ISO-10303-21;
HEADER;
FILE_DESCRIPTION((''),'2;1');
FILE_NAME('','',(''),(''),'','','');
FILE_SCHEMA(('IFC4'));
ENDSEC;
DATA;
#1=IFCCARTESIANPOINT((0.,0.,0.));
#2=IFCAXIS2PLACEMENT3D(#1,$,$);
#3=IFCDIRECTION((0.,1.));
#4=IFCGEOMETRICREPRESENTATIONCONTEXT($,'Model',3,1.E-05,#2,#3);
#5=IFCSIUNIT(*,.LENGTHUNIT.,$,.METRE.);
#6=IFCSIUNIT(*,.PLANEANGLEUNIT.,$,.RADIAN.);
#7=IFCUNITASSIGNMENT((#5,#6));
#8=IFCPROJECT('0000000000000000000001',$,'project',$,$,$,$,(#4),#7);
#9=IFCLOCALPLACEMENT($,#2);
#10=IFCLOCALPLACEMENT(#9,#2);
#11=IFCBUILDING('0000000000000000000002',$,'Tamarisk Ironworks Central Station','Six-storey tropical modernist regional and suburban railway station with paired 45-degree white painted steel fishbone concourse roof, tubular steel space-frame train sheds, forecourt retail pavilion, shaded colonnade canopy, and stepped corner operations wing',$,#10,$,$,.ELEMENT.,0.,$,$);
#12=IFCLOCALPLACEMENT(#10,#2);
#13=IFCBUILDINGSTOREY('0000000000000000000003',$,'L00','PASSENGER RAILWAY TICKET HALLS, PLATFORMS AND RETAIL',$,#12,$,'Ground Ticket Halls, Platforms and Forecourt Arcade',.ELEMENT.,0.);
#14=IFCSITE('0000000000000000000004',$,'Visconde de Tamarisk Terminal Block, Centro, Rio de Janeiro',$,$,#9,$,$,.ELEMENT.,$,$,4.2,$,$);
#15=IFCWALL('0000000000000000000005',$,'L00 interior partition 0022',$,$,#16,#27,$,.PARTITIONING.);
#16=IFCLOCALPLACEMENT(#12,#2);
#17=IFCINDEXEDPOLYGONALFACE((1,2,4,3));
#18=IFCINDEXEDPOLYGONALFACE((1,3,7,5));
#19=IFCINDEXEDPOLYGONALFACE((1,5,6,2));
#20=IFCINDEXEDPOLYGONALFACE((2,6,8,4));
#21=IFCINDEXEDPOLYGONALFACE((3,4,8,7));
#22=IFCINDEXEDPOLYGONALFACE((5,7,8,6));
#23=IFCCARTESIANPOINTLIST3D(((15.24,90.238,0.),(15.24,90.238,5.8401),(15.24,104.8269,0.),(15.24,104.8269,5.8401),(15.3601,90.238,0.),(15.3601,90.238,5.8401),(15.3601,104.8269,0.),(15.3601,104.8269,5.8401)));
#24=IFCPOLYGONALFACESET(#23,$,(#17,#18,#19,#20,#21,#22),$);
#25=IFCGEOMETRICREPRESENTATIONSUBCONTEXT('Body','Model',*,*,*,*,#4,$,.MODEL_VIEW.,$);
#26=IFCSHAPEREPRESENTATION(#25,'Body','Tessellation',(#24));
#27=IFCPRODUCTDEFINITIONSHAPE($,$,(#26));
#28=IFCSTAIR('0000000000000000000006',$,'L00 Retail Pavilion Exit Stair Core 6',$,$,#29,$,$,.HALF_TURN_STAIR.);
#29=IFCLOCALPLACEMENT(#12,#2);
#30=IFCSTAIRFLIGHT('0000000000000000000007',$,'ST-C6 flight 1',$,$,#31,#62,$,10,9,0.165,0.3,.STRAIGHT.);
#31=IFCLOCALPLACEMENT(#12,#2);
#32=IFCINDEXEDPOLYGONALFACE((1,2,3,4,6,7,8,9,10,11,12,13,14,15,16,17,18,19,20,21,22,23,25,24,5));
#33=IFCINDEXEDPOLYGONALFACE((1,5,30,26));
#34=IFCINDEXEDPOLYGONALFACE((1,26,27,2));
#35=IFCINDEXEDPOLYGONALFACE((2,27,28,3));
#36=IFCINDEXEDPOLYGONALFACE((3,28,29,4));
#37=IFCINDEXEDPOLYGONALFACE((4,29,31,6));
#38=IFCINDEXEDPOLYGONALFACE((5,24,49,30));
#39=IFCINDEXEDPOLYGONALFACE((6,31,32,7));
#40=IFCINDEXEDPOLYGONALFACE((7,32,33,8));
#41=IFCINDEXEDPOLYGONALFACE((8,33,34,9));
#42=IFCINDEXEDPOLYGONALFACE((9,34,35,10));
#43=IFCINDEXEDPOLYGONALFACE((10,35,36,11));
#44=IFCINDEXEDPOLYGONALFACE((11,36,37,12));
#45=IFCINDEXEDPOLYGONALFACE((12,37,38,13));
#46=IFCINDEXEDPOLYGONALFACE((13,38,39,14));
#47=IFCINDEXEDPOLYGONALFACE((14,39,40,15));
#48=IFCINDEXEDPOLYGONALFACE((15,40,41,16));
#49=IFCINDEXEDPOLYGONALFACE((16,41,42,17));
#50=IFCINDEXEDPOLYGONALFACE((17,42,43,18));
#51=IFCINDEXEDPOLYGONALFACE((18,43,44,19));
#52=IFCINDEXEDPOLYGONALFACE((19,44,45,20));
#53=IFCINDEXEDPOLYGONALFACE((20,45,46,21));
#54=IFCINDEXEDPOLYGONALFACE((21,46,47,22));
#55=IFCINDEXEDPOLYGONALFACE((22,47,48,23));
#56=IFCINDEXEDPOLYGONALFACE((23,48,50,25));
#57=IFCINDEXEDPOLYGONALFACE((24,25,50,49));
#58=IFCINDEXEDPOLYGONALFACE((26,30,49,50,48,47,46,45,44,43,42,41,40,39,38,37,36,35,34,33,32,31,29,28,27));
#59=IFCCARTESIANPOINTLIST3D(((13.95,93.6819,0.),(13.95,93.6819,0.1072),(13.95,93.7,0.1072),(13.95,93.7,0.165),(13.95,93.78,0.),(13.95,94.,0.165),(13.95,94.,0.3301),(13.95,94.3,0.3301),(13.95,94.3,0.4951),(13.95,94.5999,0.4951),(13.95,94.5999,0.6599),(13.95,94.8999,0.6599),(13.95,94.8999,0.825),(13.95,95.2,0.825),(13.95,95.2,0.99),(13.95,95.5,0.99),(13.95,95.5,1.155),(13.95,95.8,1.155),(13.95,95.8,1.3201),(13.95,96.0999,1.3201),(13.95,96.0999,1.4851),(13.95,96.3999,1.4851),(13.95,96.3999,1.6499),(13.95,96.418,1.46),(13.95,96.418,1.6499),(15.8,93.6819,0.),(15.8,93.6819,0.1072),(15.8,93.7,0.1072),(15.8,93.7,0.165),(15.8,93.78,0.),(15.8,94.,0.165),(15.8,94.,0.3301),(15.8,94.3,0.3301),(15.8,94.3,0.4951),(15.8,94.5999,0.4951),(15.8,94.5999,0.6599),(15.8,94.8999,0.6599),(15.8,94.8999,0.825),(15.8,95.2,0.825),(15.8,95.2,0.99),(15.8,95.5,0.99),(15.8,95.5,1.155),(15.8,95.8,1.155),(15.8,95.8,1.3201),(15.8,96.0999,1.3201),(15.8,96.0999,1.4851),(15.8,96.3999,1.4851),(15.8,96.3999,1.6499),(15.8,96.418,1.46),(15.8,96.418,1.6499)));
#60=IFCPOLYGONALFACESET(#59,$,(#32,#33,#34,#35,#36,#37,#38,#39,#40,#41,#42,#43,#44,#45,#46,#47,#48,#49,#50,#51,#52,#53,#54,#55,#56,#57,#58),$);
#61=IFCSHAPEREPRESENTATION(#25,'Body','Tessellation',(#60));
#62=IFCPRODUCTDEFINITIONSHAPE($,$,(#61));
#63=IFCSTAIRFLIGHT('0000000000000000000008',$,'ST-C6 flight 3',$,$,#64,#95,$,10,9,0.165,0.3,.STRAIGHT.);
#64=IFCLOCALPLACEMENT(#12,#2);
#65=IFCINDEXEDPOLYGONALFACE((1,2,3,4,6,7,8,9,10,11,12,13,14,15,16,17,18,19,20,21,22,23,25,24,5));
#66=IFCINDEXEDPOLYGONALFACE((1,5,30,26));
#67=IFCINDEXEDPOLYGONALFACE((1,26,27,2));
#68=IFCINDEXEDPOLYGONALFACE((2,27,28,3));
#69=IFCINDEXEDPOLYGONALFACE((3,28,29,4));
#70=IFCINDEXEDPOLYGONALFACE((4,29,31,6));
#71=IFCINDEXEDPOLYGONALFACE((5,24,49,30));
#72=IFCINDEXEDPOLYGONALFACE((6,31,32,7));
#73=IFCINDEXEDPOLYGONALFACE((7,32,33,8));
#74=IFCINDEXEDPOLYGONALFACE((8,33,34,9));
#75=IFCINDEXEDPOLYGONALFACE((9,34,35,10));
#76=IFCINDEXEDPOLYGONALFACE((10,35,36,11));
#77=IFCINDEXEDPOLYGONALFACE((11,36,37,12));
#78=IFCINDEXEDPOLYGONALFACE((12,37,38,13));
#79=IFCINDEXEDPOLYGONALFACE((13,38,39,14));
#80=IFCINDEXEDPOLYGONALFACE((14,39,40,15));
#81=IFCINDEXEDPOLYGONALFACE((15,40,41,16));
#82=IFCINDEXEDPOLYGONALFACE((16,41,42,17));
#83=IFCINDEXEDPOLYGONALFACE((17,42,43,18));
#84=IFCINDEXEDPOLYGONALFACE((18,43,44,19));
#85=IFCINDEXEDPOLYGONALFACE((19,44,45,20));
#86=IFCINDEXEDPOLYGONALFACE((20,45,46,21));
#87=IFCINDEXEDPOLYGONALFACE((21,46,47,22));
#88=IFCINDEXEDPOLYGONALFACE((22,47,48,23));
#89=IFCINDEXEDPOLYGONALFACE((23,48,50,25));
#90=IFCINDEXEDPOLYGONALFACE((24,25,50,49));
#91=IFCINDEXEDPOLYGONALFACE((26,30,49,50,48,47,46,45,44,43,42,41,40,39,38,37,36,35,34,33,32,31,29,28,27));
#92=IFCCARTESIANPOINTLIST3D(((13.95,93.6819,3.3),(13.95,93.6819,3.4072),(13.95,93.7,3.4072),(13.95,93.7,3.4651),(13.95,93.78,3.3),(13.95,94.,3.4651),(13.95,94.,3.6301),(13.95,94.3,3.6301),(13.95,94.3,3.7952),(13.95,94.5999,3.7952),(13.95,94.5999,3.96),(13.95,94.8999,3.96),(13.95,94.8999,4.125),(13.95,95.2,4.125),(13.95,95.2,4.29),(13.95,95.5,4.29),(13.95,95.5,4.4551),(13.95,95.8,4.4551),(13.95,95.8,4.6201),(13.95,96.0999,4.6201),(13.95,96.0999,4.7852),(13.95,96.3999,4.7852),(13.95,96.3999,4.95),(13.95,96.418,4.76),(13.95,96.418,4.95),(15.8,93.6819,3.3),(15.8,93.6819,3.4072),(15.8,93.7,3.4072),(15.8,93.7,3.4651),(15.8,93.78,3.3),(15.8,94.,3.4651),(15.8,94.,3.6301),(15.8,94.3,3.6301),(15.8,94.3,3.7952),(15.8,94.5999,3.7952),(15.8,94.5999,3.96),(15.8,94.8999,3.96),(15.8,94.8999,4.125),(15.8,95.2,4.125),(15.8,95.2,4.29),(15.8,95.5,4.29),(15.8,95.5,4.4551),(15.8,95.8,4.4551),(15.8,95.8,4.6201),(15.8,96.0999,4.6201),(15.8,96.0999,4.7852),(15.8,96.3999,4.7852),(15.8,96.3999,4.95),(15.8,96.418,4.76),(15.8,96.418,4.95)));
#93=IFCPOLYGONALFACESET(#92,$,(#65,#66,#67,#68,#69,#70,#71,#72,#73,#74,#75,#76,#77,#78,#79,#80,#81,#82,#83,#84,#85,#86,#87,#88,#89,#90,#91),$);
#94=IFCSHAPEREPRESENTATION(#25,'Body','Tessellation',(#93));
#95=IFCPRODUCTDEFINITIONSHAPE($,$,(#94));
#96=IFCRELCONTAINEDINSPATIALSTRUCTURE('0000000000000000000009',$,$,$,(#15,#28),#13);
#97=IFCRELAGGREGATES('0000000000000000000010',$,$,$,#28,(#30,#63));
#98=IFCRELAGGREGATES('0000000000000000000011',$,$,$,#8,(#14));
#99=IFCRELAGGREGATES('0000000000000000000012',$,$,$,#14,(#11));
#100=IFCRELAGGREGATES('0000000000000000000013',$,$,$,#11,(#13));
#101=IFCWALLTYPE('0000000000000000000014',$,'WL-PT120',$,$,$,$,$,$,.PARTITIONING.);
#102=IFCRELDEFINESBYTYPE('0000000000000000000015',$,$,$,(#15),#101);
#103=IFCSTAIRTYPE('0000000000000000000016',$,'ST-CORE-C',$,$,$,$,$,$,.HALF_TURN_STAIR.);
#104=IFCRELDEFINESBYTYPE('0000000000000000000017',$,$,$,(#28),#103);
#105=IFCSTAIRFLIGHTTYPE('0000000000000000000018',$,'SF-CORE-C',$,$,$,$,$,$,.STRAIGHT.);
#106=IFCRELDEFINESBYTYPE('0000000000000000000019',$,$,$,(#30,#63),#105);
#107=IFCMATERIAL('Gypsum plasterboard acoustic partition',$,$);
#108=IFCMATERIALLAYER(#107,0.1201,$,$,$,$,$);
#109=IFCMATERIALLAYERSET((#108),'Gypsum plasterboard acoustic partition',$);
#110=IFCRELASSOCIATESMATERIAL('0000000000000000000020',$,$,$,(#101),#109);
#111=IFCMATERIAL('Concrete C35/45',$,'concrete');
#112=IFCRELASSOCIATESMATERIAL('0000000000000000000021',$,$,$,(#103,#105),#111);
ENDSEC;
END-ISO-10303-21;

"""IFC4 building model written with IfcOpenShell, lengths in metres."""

from ifc_helpers import new_model, si_unit, direction, frame, frame_2d, origin, place, context, subcontext, project, spatial, polyline, rectangle, outline, extrude, material, layer, layer_set, type_object, element, aggregate, save


model = new_model("IFC4")

# Units and contexts
model_context = context("Model", 3, precision=1e-05, world=origin(), true_north=direction((0.0, 1.0)))
body_context = subcontext(model_context, "Body", "Model", "MODEL_VIEW")
ifc_project = project(units=[si_unit("LENGTHUNIT", "METRE"), si_unit("PLANEANGLEUNIT", "RADIAN")], contexts=[model_context])

# Site, building, storey
site_placement = place(None, origin())
site = spatial("IfcSite", under=ifc_project, at=site_placement, Name="Visconde de Tamarisk Terminal Block, Centro, Rio de Janeiro", CompositionType="ELEMENT", RefElevation=4.2)
building_placement = place(site_placement, origin())
building = spatial("IfcBuilding", under=site, at=building_placement, Name="Tamarisk Ironworks Central Station", Description="Six-storey tropical modernist regional and suburban railway station with paired 45-degree white painted steel fishbone concourse roof, tubular steel space-frame train sheds, forecourt retail pavilion, shaded colonnade canopy, and stepped corner operations wing", CompositionType="ELEMENT", ElevationOfRefHeight=0.0)
storey_placement = place(building_placement, origin())
storey = spatial("IfcBuildingStorey", under=building, at=storey_placement, Name="L00", Description="PASSENGER RAILWAY TICKET HALLS, PLATFORMS AND RETAIL", LongName="Ground Ticket Halls, Platforms and Forecourt Arcade", CompositionType="ELEMENT", Elevation=0.0)

# Wall
ifc_material_1 = material(Name="Gypsum plasterboard acoustic partition")
ifc_layer_1 = layer(ifc_material_1, 0.1201)
ifc_layer_set_1 = layer_set([ifc_layer_1], Name="Gypsum plasterboard acoustic partition")
wall_type_1 = type_object("IfcWallType", Name="WL-PT120", PredefinedType="PARTITIONING", material=ifc_layer_set_1)
wall_1_placement = place(storey_placement, frame((15.3, 90.238, 0.0), z_axis=(0.0, 0.0, 1.0), x_axis=(0.0, 1.0, 0.0)))
element("IfcWall", 1, at=wall_1_placement, inside=storey, type_object=wall_type_1, Name="L00 interior partition 0022", PredefinedType="PARTITIONING", context=body_context, shape_type="SweptSolid", body=[
    extrude(rectangle(XDim=14.5889, YDim=0.1201, at=frame_2d((7.2944, 0.0))), origin(), (0.0, 0.0, 1.0), 5.8401),
])

# Stair, stair flights
ifc_material_2 = material(Name="Concrete C35/45", Category="concrete")
stair_type = type_object("IfcStairType", Name="ST-CORE-C", PredefinedType="HALF_TURN_STAIR", material=ifc_material_2)
stair_placement = place(storey_placement, origin())
stair = element("IfcStair", 2, at=stair_placement, inside=storey, type_object=stair_type, Name="L00 Retail Pavilion Exit Stair Core 6", PredefinedType="HALF_TURN_STAIR")
stair_flight_type = type_object("IfcStairFlightType", Name="SF-CORE-C", PredefinedType="STRAIGHT", material=ifc_material_2)
stair_flight_1_placement = place(storey_placement, frame((14.875, 93.7, 0.0), z_axis=(0.0, 0.0, 1.0), x_axis=(0.0, 1.0, 0.0)))
stair_flight_1 = element("IfcStairFlight", 3, at=stair_flight_1_placement, type_object=stair_flight_type, Name="ST-C6 flight 1", NumberOfRisers=10, NumberOfTreads=9, PredefinedType="STRAIGHT", RiserHeight=0.165, TreadLength=0.3, context=body_context, shape_type="SweptSolid", body=[
    extrude(outline(polyline([(-0.0181, 0.0), (-0.0181, 0.1072), (0.0, 0.1072), (0.0, 0.165), (0.3, 0.165), (0.3, 0.3301), (0.6001, 0.3301), (0.6001, 0.4951), (0.8999, 0.4951), (0.8999, 0.6599), (1.2, 0.6599), (1.2, 0.825), (1.5, 0.825), (1.5, 0.99), (1.8, 0.99), (1.8, 1.155), (2.1001, 1.155), (2.1001, 1.3201), (2.3999, 1.3201), (2.3999, 1.4851), (2.7, 1.4851), (2.7, 1.6499), (2.718, 1.6499), (2.718, 1.46), (0.0801, 0.0), (-0.0181, 0.0)])), frame((0.0, 0.925, 0.0), z_axis=(0.0, -1.0, 0.0), x_axis=(1.0, 0.0, 0.0)), (0.0, 0.0, 1.0), 1.8501),
])
stair_flight_2_placement = place(storey_placement, frame((14.875, 93.7, 3.3), z_axis=(0.0, 0.0, 1.0), x_axis=(0.0, 1.0, 0.0)))
stair_flight_2 = element("IfcStairFlight", 4, at=stair_flight_2_placement, type_object=stair_flight_type, Name="ST-C6 flight 3", NumberOfRisers=10, NumberOfTreads=9, PredefinedType="STRAIGHT", RiserHeight=0.165, TreadLength=0.3, context=body_context, shape_type="SweptSolid", body=[
    extrude(outline(polyline([(-0.0181, 0.0), (-0.0181, 0.1072), (0.0, 0.1072), (0.0, 0.165), (0.3, 0.165), (0.3, 0.3301), (0.6001, 0.3301), (0.6001, 0.4951), (0.8999, 0.4951), (0.8999, 0.6599), (1.2, 0.6599), (1.2, 0.825), (1.5, 0.825), (1.5, 0.99), (1.8, 0.99), (1.8, 1.155), (2.1001, 1.155), (2.1001, 1.3201), (2.3999, 1.3201), (2.3999, 1.4851), (2.7, 1.4851), (2.7, 1.6499), (2.718, 1.6499), (2.718, 1.46), (0.0801, 0.0), (-0.0181, 0.0)])), frame((0.0, 0.925, 0.0), z_axis=(0.0, -1.0, 0.0), x_axis=(1.0, 0.0, 0.0)), (0.0, 0.0, 1.0), 1.8501),
])
aggregate(stair, [stair_flight_1, stair_flight_2])

save(model, "model.ifc")
